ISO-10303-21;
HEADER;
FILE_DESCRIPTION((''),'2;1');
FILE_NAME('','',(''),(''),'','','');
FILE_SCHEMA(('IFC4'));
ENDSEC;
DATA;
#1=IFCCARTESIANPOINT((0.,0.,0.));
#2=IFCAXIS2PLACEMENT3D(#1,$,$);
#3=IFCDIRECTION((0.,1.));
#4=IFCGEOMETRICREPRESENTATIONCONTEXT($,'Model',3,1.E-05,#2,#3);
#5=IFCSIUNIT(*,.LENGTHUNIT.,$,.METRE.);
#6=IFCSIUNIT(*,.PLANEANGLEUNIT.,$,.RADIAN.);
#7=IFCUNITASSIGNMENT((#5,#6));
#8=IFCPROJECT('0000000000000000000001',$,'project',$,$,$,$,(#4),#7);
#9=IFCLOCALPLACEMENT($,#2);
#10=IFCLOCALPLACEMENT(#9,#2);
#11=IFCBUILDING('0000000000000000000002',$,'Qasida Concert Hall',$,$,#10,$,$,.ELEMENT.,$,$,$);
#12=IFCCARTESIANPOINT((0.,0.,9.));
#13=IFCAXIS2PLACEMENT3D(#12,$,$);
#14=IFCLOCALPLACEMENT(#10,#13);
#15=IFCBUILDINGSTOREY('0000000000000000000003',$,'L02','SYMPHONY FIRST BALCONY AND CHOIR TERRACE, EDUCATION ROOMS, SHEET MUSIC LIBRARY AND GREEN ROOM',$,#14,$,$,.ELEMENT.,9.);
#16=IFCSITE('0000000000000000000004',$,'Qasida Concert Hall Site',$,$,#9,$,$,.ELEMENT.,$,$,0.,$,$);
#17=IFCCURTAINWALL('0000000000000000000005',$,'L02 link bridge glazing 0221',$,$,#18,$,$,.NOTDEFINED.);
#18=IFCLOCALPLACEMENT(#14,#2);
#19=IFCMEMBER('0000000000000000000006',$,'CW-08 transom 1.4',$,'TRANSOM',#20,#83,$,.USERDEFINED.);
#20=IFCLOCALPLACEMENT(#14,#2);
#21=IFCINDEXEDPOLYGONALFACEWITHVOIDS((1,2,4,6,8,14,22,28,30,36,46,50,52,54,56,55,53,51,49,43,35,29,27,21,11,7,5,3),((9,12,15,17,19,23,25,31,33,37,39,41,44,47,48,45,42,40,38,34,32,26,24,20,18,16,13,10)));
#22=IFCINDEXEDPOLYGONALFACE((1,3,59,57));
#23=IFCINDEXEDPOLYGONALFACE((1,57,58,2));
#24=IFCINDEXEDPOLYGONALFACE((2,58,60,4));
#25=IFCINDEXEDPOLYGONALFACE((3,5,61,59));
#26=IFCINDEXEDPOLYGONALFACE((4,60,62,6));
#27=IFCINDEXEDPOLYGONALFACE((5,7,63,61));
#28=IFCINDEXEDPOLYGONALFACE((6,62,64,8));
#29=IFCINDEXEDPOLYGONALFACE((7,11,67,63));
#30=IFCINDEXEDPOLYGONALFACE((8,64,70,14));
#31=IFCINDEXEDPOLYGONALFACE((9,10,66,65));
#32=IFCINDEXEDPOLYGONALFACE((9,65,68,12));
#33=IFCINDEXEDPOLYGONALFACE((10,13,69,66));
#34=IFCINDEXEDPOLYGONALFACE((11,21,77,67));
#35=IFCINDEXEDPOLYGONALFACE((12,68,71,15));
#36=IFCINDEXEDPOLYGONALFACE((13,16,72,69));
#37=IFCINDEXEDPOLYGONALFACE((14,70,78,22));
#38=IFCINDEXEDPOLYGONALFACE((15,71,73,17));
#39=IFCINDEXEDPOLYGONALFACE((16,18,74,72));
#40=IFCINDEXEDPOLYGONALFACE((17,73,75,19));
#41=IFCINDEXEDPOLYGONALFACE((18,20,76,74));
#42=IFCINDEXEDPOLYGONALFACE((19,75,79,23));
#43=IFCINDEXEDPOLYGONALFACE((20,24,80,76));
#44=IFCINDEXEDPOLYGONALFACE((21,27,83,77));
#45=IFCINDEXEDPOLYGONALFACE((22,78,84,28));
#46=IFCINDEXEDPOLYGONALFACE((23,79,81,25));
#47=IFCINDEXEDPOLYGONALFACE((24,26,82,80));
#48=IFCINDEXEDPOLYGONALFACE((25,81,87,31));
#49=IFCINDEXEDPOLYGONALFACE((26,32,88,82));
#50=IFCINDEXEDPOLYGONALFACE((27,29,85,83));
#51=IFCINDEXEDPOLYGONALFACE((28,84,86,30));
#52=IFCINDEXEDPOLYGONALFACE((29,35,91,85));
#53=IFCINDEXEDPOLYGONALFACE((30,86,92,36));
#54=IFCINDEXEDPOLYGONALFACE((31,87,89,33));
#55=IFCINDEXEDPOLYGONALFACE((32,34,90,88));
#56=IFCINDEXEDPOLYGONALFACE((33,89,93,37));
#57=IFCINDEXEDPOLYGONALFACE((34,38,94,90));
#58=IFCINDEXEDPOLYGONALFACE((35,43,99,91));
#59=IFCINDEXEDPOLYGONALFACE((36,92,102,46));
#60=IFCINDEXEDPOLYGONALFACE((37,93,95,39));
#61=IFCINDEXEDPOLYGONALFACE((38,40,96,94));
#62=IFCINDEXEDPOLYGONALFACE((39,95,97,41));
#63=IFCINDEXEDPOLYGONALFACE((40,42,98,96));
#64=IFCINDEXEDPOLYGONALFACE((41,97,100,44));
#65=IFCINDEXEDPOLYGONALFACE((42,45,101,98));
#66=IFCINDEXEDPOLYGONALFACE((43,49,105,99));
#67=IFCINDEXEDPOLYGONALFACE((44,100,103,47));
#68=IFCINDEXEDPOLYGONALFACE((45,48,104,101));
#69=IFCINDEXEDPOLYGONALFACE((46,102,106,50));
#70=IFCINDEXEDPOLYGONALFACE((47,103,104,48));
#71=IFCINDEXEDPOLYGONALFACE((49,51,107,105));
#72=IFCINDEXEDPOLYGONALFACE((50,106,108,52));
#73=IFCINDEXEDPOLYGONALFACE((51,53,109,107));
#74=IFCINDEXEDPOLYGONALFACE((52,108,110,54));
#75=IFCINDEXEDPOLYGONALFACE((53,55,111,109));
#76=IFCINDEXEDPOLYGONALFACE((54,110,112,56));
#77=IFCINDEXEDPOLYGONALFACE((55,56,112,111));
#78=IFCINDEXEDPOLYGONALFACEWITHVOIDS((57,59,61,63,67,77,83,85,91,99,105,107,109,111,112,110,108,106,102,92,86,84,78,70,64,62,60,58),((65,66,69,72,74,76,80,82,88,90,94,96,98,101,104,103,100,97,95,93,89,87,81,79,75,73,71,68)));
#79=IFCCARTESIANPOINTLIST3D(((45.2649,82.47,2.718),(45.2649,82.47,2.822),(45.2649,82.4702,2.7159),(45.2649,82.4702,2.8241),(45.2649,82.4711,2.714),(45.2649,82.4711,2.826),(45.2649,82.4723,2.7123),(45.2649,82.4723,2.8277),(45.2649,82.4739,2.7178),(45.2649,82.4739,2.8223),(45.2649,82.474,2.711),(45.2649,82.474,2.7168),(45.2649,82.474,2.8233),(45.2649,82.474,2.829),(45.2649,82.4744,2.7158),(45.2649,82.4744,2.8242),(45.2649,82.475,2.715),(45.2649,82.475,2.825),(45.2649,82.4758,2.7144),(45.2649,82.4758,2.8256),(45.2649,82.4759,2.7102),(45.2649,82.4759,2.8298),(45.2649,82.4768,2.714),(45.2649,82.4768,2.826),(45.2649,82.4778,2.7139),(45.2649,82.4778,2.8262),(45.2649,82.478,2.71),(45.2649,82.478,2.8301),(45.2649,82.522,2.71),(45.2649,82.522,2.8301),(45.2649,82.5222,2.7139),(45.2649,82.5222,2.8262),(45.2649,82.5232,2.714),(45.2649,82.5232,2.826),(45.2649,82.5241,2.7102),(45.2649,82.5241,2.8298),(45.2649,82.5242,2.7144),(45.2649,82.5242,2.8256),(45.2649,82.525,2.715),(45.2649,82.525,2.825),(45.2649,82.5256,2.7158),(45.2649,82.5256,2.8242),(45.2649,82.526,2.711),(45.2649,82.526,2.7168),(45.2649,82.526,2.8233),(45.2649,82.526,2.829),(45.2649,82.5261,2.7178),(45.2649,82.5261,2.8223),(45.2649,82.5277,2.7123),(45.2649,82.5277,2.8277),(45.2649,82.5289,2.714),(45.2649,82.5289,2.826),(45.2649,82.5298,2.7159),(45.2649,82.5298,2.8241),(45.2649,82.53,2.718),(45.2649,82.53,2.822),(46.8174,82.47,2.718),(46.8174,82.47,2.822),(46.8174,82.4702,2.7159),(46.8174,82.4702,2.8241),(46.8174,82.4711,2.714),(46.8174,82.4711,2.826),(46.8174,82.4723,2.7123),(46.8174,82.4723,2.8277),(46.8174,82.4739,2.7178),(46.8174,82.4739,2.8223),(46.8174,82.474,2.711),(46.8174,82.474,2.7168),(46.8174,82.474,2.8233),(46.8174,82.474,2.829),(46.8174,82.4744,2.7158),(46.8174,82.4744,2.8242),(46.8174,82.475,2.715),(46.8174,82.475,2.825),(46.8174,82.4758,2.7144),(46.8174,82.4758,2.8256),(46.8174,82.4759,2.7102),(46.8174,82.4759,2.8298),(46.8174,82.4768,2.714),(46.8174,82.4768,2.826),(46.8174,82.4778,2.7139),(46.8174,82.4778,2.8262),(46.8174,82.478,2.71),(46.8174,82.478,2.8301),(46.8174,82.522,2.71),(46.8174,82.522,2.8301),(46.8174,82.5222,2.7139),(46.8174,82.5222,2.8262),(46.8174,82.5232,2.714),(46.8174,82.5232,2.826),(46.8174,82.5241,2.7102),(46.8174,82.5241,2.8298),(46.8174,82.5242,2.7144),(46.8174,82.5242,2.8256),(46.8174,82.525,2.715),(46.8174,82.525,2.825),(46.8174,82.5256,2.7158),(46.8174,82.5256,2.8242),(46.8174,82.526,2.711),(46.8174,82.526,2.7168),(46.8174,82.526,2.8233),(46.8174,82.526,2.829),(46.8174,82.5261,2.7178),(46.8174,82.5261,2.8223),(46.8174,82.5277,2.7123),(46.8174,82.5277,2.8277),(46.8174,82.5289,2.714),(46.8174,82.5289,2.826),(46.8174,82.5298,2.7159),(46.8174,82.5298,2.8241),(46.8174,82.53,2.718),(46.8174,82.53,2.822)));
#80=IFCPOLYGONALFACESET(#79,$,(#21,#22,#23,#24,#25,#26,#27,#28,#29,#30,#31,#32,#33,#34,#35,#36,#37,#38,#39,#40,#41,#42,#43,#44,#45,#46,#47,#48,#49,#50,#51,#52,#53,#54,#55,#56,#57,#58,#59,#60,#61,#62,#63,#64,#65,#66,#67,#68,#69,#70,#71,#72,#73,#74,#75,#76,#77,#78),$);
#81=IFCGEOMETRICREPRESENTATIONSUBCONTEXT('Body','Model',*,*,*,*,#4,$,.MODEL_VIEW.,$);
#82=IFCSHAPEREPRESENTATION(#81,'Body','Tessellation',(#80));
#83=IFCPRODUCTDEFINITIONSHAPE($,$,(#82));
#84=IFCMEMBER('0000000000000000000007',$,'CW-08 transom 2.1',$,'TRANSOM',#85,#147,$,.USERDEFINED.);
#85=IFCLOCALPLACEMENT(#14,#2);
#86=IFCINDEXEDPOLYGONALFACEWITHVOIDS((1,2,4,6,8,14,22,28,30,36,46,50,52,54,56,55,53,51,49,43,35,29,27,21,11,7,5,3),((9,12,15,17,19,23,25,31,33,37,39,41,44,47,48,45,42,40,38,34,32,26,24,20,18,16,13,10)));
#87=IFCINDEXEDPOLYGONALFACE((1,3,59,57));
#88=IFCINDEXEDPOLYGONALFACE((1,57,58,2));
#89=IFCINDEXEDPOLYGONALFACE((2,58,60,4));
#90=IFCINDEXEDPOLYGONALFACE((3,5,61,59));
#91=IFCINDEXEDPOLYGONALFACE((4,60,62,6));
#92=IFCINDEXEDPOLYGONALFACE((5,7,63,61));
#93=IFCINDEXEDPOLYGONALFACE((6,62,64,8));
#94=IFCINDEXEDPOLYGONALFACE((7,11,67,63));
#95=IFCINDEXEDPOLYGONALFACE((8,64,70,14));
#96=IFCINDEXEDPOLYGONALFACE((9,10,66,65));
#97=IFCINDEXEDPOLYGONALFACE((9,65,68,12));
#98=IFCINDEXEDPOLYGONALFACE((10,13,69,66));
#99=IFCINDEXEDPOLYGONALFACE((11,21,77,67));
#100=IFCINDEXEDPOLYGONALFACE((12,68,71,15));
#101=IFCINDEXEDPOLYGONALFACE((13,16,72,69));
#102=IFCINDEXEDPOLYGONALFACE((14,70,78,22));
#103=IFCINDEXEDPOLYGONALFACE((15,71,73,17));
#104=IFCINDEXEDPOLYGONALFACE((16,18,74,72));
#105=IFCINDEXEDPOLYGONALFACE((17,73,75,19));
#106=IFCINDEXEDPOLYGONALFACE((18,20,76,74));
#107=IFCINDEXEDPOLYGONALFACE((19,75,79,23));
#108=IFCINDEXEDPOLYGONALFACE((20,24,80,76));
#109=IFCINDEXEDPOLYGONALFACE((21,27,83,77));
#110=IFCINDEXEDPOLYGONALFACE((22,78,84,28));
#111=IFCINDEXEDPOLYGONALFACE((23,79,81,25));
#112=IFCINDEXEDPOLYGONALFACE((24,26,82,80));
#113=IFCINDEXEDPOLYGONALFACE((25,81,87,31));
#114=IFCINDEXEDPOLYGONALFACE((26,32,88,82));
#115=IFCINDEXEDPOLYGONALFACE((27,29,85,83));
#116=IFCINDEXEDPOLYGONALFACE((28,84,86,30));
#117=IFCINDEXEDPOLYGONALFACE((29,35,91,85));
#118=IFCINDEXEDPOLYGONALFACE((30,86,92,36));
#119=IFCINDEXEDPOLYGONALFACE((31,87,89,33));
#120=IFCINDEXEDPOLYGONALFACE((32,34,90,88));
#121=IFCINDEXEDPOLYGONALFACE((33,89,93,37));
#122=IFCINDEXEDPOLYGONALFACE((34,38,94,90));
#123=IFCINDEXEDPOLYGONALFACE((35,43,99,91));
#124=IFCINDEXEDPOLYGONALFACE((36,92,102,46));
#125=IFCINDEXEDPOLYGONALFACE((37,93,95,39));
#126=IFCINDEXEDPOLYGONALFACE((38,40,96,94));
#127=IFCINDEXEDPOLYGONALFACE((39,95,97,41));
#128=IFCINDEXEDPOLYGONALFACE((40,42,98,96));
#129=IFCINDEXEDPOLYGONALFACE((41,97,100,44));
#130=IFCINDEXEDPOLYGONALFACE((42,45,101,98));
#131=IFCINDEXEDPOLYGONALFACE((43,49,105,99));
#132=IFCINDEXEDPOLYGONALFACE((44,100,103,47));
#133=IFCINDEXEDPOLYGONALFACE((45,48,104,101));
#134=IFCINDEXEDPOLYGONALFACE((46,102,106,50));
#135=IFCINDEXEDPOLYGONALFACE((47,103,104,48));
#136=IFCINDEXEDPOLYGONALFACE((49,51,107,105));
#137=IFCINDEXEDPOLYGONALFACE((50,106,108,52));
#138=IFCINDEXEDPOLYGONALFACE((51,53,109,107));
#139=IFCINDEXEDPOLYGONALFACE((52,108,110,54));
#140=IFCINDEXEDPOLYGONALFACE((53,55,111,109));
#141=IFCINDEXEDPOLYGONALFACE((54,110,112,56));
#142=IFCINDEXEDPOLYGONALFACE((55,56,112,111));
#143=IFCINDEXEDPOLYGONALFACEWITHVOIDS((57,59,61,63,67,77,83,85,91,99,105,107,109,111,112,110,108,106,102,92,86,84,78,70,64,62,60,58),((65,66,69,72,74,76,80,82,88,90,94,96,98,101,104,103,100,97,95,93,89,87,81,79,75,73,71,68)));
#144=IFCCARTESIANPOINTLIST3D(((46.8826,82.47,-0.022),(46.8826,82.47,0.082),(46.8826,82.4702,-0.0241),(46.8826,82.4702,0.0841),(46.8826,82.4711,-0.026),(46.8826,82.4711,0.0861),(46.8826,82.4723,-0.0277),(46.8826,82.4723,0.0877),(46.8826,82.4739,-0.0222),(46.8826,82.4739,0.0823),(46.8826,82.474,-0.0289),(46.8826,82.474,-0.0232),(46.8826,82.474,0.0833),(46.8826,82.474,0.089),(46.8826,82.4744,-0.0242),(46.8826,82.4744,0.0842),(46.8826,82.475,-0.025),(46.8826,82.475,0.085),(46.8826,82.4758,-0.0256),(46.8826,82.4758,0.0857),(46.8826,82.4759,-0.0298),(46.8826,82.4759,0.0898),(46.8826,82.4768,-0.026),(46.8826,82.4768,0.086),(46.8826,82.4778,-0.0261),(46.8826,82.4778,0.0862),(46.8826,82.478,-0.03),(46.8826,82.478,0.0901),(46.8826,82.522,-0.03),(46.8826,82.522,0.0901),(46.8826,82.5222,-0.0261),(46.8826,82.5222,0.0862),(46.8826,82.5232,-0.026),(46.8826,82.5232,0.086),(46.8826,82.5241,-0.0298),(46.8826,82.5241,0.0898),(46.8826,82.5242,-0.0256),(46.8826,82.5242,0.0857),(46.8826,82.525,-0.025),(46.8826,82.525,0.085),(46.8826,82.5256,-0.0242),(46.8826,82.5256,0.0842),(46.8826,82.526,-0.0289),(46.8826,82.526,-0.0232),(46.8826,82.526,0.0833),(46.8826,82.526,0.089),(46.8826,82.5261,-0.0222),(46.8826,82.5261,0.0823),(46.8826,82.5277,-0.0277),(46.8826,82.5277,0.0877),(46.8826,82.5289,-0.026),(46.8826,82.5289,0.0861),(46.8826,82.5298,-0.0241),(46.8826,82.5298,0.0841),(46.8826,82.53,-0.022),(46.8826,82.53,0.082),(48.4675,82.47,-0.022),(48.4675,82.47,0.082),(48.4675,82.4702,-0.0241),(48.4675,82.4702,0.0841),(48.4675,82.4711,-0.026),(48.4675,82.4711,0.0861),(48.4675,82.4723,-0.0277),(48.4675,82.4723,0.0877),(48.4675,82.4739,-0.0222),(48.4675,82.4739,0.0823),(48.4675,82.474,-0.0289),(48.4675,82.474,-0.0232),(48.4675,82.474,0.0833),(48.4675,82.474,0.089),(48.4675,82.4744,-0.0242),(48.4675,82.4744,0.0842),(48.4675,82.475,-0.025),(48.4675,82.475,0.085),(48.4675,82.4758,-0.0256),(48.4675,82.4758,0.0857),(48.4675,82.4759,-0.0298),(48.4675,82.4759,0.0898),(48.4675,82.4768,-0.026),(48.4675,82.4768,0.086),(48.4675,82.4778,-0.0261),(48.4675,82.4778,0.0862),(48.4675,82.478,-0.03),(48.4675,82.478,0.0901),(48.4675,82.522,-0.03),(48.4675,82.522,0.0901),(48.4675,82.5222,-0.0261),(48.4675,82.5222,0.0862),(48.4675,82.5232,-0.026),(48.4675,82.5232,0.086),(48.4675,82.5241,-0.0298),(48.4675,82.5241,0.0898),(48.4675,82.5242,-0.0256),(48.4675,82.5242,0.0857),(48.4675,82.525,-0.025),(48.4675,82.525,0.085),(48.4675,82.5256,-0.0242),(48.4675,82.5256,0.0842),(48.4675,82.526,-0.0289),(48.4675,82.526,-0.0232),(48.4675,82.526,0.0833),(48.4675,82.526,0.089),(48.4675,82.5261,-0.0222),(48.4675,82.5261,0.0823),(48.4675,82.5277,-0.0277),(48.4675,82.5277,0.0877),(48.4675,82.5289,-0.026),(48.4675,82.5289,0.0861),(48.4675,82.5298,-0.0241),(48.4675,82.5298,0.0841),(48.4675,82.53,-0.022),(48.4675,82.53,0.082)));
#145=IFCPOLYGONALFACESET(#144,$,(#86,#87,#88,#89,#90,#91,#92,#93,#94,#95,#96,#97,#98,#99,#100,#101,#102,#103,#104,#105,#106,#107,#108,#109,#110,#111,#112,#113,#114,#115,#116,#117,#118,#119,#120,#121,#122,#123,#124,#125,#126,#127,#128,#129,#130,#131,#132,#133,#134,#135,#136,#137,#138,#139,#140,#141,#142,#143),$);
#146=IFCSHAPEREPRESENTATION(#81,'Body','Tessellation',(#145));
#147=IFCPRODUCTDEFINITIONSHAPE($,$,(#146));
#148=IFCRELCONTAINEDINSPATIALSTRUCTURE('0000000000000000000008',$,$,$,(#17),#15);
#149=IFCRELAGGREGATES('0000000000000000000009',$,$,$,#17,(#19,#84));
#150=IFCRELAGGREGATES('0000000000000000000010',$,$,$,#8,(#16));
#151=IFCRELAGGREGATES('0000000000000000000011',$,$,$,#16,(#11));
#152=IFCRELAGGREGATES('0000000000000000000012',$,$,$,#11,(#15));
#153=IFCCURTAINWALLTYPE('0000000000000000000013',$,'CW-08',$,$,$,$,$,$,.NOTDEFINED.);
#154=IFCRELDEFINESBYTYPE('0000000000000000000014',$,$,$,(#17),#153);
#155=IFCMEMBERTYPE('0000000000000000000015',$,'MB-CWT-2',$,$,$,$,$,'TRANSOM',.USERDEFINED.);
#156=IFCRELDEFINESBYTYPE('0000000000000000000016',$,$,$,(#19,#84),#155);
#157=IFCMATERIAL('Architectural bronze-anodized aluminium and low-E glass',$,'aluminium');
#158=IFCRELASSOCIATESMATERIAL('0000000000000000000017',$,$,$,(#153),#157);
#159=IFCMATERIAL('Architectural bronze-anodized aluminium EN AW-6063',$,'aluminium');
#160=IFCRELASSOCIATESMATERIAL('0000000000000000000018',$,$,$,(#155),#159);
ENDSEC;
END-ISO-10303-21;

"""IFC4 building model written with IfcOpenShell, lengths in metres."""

from ifc_helpers import new_model, si_unit, direction, frame, origin, origin_2d, place, context, subcontext, project, spatial, hollow_rectangle, extrude, material, material_profile, profile_set, type_object, element, aggregate, save


model = new_model("IFC4")

# Units and contexts
model_context = context("Model", 3, precision=1e-05, world=origin(), true_north=direction((0.0, 1.0)))
body_context = subcontext(model_context, "Body", "Model", "MODEL_VIEW")
ifc_project = project(units=[si_unit("LENGTHUNIT", "METRE"), si_unit("PLANEANGLEUNIT", "RADIAN")], contexts=[model_context])

# Site, building, storey
site_placement = place(None, origin())
site = spatial("IfcSite", under=ifc_project, at=site_placement, Name="Qasida Concert Hall Site", CompositionType="ELEMENT", RefElevation=0.0)
building_placement = place(site_placement, origin())
building = spatial("IfcBuilding", under=site, at=building_placement, Name="Qasida Concert Hall", CompositionType="ELEMENT")
storey_placement = place(building_placement, frame((0.0, 0.0, 9.0)))
storey = spatial("IfcBuildingStorey", under=building, at=storey_placement, Name="L02", Description="SYMPHONY FIRST BALCONY AND CHOIR TERRACE, EDUCATION ROOMS, SHEET MUSIC LIBRARY AND GREEN ROOM", CompositionType="ELEMENT", Elevation=9.0)

# Curtain wall
ifc_material_1 = material(Name="Architectural bronze-anodized aluminium and low-E glass", Category="aluminium")
curtain_wall_type = type_object("IfcCurtainWallType", Name="CW-08", PredefinedType="NOTDEFINED", material=ifc_material_1)
ifc_material_2 = material(Name="Architectural bronze-anodized aluminium EN AW-6063", Category="aluminium")
curtain_wall_1_placement = place(storey_placement, origin())
curtain_wall_1 = element("IfcCurtainWall", 1, at=curtain_wall_1_placement, inside=storey, type_object=curtain_wall_type, Name="L02 link bridge glazing 0221", PredefinedType="NOTDEFINED")

# Members
ifc_material_profile_1 = material_profile(ifc_material_2, hollow_rectangle(XDim=0.0601, YDim=0.1201, WallThickness=0.0039, InnerFilletRadius=0.0039, OuterFilletRadius=0.0081, at=origin_2d()), Name="CWT 120x60x4")
ifc_profile_set_1 = profile_set([ifc_material_profile_1], Name="Architectural bronze-anodized aluminium EN AW-6063")
member_type_1 = type_object("IfcMemberType", Name="MB-CWT-2", ElementType="TRANSOM", PredefinedType="USERDEFINED", material=ifc_profile_set_1)
member_1_placement = place(storey_placement, frame((45.2649, 82.5, 2.77), z_axis=(1.0, 0.0, 0.0), x_axis=(0.0, 1.0, 0.0)))
member_1 = element("IfcMember", 2, at=member_1_placement, type_object=member_type_1, Name="CW-08 transom 1.4", ObjectType="TRANSOM", PredefinedType="USERDEFINED", context=body_context, shape_type="SweptSolid", body=[
    extrude(hollow_rectangle(XDim=0.0601, YDim=0.1201, WallThickness=0.0039, InnerFilletRadius=0.0039, OuterFilletRadius=0.0081, at=origin_2d()), origin(), (0.0, 0.0, 1.0), 1.5525),
])
member_2_placement = place(storey_placement, frame((46.8826, 82.5, 0.03), z_axis=(1.0, 0.0, 0.0), x_axis=(0.0, 1.0, 0.0)))
member_2 = element("IfcMember", 3, at=member_2_placement, type_object=member_type_1, Name="CW-08 transom 2.1", ObjectType="TRANSOM", PredefinedType="USERDEFINED", context=body_context, shape_type="SweptSolid", body=[
    extrude(hollow_rectangle(XDim=0.0601, YDim=0.1201, WallThickness=0.0039, InnerFilletRadius=0.0039, OuterFilletRadius=0.0081, at=origin_2d()), origin(), (0.0, 0.0, 1.0), 1.585),
])

aggregate(curtain_wall_1, [member_1, member_2])

save(model, "model.ifc")
